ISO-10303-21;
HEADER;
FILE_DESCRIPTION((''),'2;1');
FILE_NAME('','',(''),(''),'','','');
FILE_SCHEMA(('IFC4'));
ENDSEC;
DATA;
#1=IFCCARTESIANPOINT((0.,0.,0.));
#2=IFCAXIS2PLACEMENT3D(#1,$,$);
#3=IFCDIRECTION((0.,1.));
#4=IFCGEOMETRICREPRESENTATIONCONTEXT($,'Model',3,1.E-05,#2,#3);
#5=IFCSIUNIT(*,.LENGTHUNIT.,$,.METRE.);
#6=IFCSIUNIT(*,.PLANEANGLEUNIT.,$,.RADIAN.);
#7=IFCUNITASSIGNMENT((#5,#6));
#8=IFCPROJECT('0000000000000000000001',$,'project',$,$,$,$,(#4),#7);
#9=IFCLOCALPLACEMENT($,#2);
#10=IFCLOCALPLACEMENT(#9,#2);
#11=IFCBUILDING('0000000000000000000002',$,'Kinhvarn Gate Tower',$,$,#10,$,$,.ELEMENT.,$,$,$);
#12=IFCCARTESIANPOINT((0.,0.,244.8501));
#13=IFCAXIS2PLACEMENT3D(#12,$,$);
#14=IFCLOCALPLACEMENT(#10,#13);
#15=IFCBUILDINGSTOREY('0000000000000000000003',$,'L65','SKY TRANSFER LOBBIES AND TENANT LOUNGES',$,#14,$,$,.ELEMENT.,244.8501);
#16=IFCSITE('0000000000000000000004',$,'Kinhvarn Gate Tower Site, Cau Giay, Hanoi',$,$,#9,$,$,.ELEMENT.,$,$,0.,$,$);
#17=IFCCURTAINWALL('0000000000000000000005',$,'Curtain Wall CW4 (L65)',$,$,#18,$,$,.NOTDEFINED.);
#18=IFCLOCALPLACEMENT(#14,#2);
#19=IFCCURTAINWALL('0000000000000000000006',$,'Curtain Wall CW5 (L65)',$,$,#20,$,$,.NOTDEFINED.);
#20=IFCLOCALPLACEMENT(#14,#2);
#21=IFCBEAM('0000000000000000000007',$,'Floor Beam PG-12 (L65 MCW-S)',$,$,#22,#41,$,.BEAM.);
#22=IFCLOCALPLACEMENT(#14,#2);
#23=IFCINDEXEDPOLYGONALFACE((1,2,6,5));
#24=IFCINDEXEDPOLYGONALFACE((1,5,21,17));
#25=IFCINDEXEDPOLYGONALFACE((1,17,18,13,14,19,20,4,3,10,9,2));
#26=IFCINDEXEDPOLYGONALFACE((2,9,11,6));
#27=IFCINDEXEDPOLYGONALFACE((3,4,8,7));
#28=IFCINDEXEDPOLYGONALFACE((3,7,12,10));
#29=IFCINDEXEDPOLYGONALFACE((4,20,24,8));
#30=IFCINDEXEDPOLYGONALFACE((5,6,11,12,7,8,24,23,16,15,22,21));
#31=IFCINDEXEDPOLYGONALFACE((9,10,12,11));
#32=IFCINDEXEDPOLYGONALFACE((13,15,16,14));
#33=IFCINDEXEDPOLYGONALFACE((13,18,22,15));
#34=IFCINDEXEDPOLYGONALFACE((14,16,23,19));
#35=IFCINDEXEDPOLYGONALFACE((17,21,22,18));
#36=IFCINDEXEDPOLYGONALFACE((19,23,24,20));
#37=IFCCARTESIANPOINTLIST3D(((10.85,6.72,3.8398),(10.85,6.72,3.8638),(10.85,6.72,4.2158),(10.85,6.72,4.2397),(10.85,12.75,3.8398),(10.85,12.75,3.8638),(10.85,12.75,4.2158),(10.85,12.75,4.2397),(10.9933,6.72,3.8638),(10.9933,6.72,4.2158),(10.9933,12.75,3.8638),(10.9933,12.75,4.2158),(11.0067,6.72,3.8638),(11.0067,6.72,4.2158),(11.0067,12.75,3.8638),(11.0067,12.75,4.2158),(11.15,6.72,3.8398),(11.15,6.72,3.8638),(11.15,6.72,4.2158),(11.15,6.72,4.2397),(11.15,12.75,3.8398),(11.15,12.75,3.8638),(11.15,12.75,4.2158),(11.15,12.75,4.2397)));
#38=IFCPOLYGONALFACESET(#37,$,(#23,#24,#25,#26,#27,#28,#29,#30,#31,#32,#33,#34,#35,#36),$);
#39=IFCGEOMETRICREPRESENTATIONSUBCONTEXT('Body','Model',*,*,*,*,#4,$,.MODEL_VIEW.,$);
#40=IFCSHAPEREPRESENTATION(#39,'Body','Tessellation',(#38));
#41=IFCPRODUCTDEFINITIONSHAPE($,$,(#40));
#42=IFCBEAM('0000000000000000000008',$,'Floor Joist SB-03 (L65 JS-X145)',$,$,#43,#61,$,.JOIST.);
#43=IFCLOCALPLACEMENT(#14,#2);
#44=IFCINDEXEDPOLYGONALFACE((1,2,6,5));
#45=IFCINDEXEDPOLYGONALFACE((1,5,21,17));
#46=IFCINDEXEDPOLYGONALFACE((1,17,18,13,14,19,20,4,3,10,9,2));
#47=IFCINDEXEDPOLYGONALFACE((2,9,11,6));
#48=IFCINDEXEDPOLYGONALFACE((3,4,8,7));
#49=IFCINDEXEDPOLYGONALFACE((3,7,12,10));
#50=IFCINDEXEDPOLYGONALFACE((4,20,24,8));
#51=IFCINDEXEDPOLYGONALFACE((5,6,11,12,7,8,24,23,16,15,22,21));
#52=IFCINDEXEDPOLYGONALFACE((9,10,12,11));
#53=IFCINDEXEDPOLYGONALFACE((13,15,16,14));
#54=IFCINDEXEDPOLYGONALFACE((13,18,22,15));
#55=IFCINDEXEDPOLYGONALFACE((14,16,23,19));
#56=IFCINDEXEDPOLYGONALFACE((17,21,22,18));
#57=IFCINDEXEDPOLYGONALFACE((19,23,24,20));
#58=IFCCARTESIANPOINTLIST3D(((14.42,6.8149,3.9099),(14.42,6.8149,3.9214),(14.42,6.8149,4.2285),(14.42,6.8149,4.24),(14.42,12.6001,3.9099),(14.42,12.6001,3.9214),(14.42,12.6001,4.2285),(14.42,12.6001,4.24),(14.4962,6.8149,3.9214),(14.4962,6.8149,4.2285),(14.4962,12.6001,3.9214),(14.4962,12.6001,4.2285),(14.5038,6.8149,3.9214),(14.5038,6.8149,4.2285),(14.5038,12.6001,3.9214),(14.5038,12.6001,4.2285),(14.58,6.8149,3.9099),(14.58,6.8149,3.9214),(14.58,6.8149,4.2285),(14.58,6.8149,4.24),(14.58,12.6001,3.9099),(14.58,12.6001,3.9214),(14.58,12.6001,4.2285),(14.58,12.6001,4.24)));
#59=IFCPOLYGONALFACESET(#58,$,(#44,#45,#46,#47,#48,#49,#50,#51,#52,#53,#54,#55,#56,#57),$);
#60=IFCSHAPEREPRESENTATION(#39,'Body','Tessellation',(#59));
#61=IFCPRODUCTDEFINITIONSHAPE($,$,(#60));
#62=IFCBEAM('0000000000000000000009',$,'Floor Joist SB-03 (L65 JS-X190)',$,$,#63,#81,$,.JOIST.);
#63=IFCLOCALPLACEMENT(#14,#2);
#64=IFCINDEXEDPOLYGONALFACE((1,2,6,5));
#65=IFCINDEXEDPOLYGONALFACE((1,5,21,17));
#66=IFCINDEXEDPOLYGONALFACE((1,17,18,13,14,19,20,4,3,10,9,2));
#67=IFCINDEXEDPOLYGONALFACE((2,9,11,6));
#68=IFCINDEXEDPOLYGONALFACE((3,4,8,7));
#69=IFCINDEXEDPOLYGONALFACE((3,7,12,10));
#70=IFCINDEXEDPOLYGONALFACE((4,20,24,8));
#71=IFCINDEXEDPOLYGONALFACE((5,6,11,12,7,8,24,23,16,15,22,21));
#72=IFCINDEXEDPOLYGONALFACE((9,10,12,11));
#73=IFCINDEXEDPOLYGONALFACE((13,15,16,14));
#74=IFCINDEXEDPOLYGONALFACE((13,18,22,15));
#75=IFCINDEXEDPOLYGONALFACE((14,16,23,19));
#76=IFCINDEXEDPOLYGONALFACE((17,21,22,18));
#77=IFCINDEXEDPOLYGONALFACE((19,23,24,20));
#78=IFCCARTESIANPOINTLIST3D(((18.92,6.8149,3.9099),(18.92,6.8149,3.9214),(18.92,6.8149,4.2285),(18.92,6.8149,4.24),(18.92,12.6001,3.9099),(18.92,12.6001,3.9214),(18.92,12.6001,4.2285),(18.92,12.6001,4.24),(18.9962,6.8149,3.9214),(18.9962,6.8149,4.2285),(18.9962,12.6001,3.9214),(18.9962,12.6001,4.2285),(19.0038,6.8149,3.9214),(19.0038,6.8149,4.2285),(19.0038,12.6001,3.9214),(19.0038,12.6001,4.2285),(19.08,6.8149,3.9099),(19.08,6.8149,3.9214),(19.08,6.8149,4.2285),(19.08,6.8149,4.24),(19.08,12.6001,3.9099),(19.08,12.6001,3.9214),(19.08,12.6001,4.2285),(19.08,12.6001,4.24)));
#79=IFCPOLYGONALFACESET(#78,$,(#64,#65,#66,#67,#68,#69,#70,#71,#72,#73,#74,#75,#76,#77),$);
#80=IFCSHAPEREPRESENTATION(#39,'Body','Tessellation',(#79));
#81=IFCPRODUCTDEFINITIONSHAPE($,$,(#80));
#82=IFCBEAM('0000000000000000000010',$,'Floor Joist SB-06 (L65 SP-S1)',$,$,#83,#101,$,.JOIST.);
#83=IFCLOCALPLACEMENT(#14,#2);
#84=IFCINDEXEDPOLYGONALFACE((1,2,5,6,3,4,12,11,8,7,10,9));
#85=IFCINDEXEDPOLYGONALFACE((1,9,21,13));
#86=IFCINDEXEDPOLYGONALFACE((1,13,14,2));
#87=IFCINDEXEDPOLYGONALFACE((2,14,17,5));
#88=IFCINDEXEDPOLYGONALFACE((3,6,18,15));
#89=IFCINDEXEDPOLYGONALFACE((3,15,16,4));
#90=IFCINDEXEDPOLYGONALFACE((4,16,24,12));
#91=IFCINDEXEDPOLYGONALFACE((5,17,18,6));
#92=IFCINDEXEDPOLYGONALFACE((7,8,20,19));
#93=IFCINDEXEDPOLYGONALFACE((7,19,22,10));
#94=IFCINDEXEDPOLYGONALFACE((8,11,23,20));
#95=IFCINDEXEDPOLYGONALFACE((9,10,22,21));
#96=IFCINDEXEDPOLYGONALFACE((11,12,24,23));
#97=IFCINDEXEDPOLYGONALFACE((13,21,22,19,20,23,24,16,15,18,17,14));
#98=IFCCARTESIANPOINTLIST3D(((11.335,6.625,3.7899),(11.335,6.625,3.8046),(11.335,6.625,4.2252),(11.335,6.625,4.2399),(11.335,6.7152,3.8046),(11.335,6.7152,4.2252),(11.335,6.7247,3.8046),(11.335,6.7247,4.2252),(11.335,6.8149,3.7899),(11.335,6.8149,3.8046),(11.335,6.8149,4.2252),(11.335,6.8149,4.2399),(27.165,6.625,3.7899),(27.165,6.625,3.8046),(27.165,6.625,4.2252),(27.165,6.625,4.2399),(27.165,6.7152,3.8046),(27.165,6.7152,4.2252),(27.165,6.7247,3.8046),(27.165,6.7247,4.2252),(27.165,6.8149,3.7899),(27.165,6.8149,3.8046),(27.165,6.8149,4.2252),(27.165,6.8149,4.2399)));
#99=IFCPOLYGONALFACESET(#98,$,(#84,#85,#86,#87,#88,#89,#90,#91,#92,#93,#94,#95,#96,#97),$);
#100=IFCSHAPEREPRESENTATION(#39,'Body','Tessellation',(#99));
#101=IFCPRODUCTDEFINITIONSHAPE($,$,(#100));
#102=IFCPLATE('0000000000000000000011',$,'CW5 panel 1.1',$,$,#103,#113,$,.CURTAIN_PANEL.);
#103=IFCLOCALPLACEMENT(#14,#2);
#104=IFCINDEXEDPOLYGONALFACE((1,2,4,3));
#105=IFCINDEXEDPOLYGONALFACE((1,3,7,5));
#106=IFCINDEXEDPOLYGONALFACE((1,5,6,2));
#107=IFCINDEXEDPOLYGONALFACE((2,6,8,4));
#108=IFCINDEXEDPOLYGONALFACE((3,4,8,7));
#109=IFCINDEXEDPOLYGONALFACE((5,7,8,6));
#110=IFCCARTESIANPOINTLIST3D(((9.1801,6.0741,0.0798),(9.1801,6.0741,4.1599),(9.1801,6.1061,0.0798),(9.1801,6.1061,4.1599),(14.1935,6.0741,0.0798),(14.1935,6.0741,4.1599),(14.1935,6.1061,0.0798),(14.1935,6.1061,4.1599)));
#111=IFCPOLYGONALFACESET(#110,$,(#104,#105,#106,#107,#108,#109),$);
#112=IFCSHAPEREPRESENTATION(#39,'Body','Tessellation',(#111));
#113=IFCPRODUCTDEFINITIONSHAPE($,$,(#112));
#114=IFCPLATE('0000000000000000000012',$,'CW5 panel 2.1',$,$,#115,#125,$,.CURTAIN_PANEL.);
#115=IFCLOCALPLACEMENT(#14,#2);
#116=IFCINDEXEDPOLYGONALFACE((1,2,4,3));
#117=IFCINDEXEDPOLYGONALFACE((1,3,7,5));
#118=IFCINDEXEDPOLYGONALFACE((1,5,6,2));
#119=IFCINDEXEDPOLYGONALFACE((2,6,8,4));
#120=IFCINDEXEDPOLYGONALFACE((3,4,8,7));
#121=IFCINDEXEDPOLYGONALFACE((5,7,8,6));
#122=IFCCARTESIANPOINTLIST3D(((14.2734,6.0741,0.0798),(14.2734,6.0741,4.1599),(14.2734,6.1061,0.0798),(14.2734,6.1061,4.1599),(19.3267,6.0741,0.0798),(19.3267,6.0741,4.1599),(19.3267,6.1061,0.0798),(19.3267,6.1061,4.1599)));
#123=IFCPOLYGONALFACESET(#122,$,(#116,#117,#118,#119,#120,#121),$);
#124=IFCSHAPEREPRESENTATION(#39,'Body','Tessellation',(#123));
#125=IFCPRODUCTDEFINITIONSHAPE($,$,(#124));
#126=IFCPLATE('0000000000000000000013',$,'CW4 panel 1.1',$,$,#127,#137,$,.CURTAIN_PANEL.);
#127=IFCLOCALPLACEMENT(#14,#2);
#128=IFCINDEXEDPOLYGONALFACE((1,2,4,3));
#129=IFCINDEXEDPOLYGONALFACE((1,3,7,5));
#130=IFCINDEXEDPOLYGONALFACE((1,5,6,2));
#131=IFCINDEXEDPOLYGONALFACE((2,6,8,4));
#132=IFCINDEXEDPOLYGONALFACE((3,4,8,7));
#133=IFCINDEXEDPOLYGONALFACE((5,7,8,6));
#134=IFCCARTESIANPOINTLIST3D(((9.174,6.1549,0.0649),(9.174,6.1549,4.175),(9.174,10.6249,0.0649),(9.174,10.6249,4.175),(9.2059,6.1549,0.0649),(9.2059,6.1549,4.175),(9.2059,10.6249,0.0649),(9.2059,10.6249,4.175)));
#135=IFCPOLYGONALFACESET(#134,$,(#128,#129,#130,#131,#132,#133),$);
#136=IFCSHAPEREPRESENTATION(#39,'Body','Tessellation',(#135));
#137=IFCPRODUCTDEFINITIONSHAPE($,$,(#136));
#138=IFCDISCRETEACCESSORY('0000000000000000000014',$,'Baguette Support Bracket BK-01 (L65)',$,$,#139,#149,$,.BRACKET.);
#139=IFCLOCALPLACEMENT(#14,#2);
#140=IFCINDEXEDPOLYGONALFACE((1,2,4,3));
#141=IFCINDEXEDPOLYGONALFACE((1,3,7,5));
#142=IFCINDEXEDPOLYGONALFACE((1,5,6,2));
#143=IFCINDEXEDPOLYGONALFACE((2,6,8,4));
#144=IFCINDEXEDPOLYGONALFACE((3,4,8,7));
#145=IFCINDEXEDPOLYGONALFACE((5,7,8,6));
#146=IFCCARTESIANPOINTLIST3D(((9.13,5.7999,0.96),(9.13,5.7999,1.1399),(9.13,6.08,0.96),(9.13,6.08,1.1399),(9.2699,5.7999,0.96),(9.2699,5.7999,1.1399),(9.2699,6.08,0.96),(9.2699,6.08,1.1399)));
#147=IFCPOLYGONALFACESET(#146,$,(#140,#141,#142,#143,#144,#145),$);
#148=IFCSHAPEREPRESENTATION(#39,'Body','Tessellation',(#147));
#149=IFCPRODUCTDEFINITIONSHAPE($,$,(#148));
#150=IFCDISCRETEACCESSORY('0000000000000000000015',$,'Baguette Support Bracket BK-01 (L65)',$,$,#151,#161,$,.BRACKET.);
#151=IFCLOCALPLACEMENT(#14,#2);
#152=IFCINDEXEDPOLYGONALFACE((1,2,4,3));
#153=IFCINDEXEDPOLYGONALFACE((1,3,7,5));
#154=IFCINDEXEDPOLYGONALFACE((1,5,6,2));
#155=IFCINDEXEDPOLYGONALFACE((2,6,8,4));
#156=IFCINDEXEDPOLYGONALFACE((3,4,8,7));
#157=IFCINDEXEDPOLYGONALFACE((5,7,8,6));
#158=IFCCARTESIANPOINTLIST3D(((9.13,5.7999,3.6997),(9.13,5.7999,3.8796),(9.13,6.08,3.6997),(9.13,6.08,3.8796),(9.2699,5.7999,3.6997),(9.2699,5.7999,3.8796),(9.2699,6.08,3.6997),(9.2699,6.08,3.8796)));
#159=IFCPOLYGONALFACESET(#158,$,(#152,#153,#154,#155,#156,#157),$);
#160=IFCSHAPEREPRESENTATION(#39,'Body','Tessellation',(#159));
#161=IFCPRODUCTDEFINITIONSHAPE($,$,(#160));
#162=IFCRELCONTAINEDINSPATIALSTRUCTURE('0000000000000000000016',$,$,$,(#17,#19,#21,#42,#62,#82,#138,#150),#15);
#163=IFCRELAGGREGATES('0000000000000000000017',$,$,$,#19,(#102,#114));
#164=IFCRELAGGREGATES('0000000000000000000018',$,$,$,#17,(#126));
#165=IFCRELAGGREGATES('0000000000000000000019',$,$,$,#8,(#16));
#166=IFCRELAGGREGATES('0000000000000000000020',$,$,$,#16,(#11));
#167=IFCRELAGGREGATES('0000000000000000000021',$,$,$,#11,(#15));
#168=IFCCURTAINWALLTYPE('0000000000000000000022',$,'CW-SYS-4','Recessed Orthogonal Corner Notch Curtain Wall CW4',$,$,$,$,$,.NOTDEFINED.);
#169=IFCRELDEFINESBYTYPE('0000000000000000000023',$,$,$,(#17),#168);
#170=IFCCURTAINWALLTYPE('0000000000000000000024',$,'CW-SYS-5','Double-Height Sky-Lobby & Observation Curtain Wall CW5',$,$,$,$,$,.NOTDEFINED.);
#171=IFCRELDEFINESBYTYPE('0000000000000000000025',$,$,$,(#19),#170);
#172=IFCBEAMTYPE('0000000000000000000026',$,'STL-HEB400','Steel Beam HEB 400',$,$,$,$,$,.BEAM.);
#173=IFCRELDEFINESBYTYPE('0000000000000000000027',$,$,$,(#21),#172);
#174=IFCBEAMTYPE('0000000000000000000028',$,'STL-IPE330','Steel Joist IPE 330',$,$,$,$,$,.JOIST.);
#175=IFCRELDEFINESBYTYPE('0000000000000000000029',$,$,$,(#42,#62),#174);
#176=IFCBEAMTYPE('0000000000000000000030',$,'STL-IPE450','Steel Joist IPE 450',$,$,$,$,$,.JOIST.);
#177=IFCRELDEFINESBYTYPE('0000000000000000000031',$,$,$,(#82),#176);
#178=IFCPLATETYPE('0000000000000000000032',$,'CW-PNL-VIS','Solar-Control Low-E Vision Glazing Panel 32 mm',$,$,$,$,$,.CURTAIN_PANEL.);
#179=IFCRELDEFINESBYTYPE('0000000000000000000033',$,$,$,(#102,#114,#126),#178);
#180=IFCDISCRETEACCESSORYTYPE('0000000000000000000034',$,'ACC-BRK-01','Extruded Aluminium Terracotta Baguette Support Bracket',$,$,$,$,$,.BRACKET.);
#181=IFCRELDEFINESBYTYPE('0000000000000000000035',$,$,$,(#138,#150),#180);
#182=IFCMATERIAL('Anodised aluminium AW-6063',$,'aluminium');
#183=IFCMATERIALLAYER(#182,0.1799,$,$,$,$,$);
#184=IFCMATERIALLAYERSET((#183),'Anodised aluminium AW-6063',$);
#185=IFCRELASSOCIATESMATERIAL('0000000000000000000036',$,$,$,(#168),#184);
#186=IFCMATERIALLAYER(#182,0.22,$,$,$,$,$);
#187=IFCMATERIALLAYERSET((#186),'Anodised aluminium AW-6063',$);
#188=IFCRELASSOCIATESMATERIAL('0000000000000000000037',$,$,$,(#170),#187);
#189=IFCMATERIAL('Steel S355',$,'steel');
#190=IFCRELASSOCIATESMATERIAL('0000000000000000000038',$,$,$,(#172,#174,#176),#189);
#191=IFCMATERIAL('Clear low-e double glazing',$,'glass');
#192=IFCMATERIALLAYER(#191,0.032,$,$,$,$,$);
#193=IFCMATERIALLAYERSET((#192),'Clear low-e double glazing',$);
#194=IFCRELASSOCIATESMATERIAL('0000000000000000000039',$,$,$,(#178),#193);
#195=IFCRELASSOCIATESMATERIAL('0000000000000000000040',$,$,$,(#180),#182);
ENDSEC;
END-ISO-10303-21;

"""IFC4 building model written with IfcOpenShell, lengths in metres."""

from ifc_helpers import new_model, si_unit, direction, frame, origin, origin_2d, place, context, subcontext, project, spatial, rectangle, i_section, extrude, material, layer, layer_set, material_profile, profile_set, type_object, element, aggregate, save


model = new_model("IFC4")

# Units and contexts
model_context = context("Model", 3, precision=1e-05, world=origin(), true_north=direction((0.0, 1.0)))
body_context = subcontext(model_context, "Body", "Model", "MODEL_VIEW")
ifc_project = project(units=[si_unit("LENGTHUNIT", "METRE"), si_unit("PLANEANGLEUNIT", "RADIAN")], contexts=[model_context])

# Site, building, storey
site_placement = place(None, origin())
site = spatial("IfcSite", under=ifc_project, at=site_placement, Name="Kinhvarn Gate Tower Site, Cau Giay, Hanoi", CompositionType="ELEMENT", RefElevation=0.0)
building_placement = place(site_placement, origin())
building = spatial("IfcBuilding", under=site, at=building_placement, Name="Kinhvarn Gate Tower", CompositionType="ELEMENT")
storey_placement = place(building_placement, frame((0.0, 0.0, 244.8501)))
storey = spatial("IfcBuildingStorey", under=building, at=storey_placement, Name="L65", Description="SKY TRANSFER LOBBIES AND TENANT LOUNGES", CompositionType="ELEMENT", Elevation=244.8501)

# Curtain walls
ifc_material_1 = material(Name="Anodised aluminium AW-6063", Category="aluminium")
ifc_layer_1 = layer(ifc_material_1, 0.1799)
ifc_layer_set_1 = layer_set([ifc_layer_1], Name="Anodised aluminium AW-6063")
curtain_wall_type_1 = type_object("IfcCurtainWallType", Name="CW-SYS-4", Description="Recessed Orthogonal Corner Notch Curtain Wall CW4", PredefinedType="NOTDEFINED", material=ifc_layer_set_1)
curtain_wall_1_placement = place(storey_placement, origin())
curtain_wall_1 = element("IfcCurtainWall", 1, at=curtain_wall_1_placement, inside=storey, type_object=curtain_wall_type_1, Name="Curtain Wall CW4 (L65)", PredefinedType="NOTDEFINED")
ifc_layer_2 = layer(ifc_material_1, 0.22)
ifc_layer_set_2 = layer_set([ifc_layer_2], Name="Anodised aluminium AW-6063")
curtain_wall_type_2 = type_object("IfcCurtainWallType", Name="CW-SYS-5", Description="Double-Height Sky-Lobby & Observation Curtain Wall CW5", PredefinedType="NOTDEFINED", material=ifc_layer_set_2)
curtain_wall_2_placement = place(storey_placement, origin())
curtain_wall_2 = element("IfcCurtainWall", 2, at=curtain_wall_2_placement, inside=storey, type_object=curtain_wall_type_2, Name="Curtain Wall CW5 (L65)", PredefinedType="NOTDEFINED")

# Beams
ifc_material_2 = material(Name="Steel S355", Category="steel")
ifc_material_profile_1 = material_profile(ifc_material_2, i_section(OverallWidth=0.3, OverallDepth=0.3999, WebThickness=0.0134, FlangeThickness=0.0239, at=origin_2d()), Name="HEB 400")
ifc_profile_set_1 = profile_set([ifc_material_profile_1], Name="Steel S355")
beam_type_1 = type_object("IfcBeamType", Name="STL-HEB400", Description="Steel Beam HEB 400", PredefinedType="BEAM", material=ifc_profile_set_1)
beam_1_placement = place(storey_placement, frame((11.0, 6.72, 4.0398), z_axis=(0.0, 1.0, 0.0), x_axis=(-1.0, 0.0, 0.0)))
element("IfcBeam", 3, at=beam_1_placement, inside=storey, type_object=beam_type_1, Name="Floor Beam PG-12 (L65 MCW-S)", PredefinedType="BEAM", context=body_context, shape_type="SweptSolid", body=[
    extrude(i_section(OverallWidth=0.3, OverallDepth=0.3999, WebThickness=0.0134, FlangeThickness=0.0239, at=origin_2d()), origin(), (0.0, 0.0, 1.0), 6.03),
])
ifc_material_profile_2 = material_profile(ifc_material_2, i_section(OverallWidth=0.1599, OverallDepth=0.3301, WebThickness=0.0076, FlangeThickness=0.0115, at=origin_2d()), Name="IPE 330")
ifc_profile_set_2 = profile_set([ifc_material_profile_2], Name="Steel S355")
beam_type_2 = type_object("IfcBeamType", Name="STL-IPE330", Description="Steel Joist IPE 330", PredefinedType="JOIST", material=ifc_profile_set_2)
for number, where, z_axis, x_axis, name in (
    (4, (14.5, 6.8149, 4.075), (0.0, 1.0, 0.0), (-1.0, 0.0, 0.0), "Floor Joist SB-03 (L65 JS-X145)"),
    (5, (19.0, 6.8149, 4.075), (0.0, 1.0, 0.0), (-1.0, 0.0, 0.0), "Floor Joist SB-03 (L65 JS-X190)"),
):
    element("IfcBeam", number, at=place(storey_placement, frame(where, z_axis=z_axis, x_axis=x_axis)), inside=storey, type_object=beam_type_2, Name=name, PredefinedType="JOIST", context=body_context, shape_type="SweptSolid", body=[
        extrude(i_section(OverallWidth=0.1599, OverallDepth=0.3301, WebThickness=0.0076, FlangeThickness=0.0115, at=origin_2d()), origin(), (0.0, 0.0, 1.0), 5.7852),
    ])
ifc_material_profile_3 = material_profile(ifc_material_2, i_section(OverallWidth=0.1899, OverallDepth=0.45, WebThickness=0.0095, FlangeThickness=0.0146, at=origin_2d()), Name="IPE 450")
ifc_profile_set_3 = profile_set([ifc_material_profile_3], Name="Steel S355")
beam_type_3 = type_object("IfcBeamType", Name="STL-IPE450", Description="Steel Joist IPE 450", PredefinedType="JOIST", material=ifc_profile_set_3)
beam_2_placement = place(storey_placement, frame((11.335, 6.72, 4.0149), z_axis=(1.0, 0.0, 0.0), x_axis=(0.0, 1.0, 0.0)))
element("IfcBeam", 6, at=beam_2_placement, inside=storey, type_object=beam_type_3, Name="Floor Joist SB-06 (L65 SP-S1)", PredefinedType="JOIST", context=body_context, shape_type="SweptSolid", body=[
    extrude(i_section(OverallWidth=0.1899, OverallDepth=0.45, WebThickness=0.0095, FlangeThickness=0.0146, at=origin_2d()), origin(), (0.0, 0.0, 1.0), 15.8301),
])

# Plates
ifc_material_3 = material(Name="Clear low-e double glazing", Category="glass")
ifc_layer_3 = layer(ifc_material_3, 0.032)
ifc_layer_set_3 = layer_set([ifc_layer_3], Name="Clear low-e double glazing")
plate_type = type_object("IfcPlateType", Name="CW-PNL-VIS", Description="Solar-Control Low-E Vision Glazing Panel 32 mm", PredefinedType="CURTAIN_PANEL", material=ifc_layer_set_3)
plate_1_placement = place(storey_placement, frame((11.6868, 6.0901, 0.0798), z_axis=(0.0, 0.0, 1.0), x_axis=(1.0, 0.0, 0.0)))
plate_1 = element("IfcPlate", 7, at=plate_1_placement, type_object=plate_type, Name="CW5 panel 1.1", PredefinedType="CURTAIN_PANEL", context=body_context, shape_type="SweptSolid", body=[
    extrude(rectangle(XDim=5.0134, YDim=0.032, at=origin_2d()), origin(), (0.0, 0.0, 1.0), 4.0801),
])
plate_2_placement = place(storey_placement, frame((16.8, 6.0901, 0.0798), z_axis=(0.0, 0.0, 1.0), x_axis=(1.0, 0.0, 0.0)))
plate_2 = element("IfcPlate", 8, at=plate_2_placement, type_object=plate_type, Name="CW5 panel 2.1", PredefinedType="CURTAIN_PANEL", context=body_context, shape_type="SweptSolid", body=[
    extrude(rectangle(XDim=5.0532, YDim=0.032, at=origin_2d()), origin(), (0.0, 0.0, 1.0), 4.0801),
])
aggregate(curtain_wall_2, [plate_1, plate_2])
plate_3_placement = place(storey_placement, frame((9.1899, 8.3899, 0.0649), z_axis=(0.0, 0.0, 1.0), x_axis=(0.0, -1.0, 0.0)))
plate_3 = element("IfcPlate", 9, at=plate_3_placement, type_object=plate_type, Name="CW4 panel 1.1", PredefinedType="CURTAIN_PANEL", context=body_context, shape_type="SweptSolid", body=[
    extrude(rectangle(XDim=4.47, YDim=0.032, at=origin_2d()), origin(), (0.0, 0.0, 1.0), 4.1101),
])
aggregate(curtain_wall_1, [plate_3])

# Discrete accessories
discrete_accessory_type = type_object("IfcDiscreteAccessoryType", Name="ACC-BRK-01", Description="Extruded Aluminium Terracotta Baguette Support Bracket", PredefinedType="BRACKET", material=ifc_material_1)
for number, where, z_axis, x_axis, name in (
    (10, (9.2, 5.9399, 0.96), (0.0, 0.0, 1.0), (1.0, 0.0, 0.0), "Baguette Support Bracket BK-01 (L65)"),
    (11, (9.2, 5.9399, 3.6997), (0.0, 0.0, 1.0), (1.0, 0.0, 0.0), "Baguette Support Bracket BK-01 (L65)"),
):
    element("IfcDiscreteAccessory", number, at=place(storey_placement, frame(where, z_axis=z_axis, x_axis=x_axis)), inside=storey, type_object=discrete_accessory_type, Name=name, PredefinedType="BRACKET", context=body_context, shape_type="SweptSolid", body=[
        extrude(rectangle(XDim=0.1399, YDim=0.28, at=origin_2d()), origin(), (0.0, 0.0, 1.0), 0.1799),
    ])

save(model, "model.ifc")
